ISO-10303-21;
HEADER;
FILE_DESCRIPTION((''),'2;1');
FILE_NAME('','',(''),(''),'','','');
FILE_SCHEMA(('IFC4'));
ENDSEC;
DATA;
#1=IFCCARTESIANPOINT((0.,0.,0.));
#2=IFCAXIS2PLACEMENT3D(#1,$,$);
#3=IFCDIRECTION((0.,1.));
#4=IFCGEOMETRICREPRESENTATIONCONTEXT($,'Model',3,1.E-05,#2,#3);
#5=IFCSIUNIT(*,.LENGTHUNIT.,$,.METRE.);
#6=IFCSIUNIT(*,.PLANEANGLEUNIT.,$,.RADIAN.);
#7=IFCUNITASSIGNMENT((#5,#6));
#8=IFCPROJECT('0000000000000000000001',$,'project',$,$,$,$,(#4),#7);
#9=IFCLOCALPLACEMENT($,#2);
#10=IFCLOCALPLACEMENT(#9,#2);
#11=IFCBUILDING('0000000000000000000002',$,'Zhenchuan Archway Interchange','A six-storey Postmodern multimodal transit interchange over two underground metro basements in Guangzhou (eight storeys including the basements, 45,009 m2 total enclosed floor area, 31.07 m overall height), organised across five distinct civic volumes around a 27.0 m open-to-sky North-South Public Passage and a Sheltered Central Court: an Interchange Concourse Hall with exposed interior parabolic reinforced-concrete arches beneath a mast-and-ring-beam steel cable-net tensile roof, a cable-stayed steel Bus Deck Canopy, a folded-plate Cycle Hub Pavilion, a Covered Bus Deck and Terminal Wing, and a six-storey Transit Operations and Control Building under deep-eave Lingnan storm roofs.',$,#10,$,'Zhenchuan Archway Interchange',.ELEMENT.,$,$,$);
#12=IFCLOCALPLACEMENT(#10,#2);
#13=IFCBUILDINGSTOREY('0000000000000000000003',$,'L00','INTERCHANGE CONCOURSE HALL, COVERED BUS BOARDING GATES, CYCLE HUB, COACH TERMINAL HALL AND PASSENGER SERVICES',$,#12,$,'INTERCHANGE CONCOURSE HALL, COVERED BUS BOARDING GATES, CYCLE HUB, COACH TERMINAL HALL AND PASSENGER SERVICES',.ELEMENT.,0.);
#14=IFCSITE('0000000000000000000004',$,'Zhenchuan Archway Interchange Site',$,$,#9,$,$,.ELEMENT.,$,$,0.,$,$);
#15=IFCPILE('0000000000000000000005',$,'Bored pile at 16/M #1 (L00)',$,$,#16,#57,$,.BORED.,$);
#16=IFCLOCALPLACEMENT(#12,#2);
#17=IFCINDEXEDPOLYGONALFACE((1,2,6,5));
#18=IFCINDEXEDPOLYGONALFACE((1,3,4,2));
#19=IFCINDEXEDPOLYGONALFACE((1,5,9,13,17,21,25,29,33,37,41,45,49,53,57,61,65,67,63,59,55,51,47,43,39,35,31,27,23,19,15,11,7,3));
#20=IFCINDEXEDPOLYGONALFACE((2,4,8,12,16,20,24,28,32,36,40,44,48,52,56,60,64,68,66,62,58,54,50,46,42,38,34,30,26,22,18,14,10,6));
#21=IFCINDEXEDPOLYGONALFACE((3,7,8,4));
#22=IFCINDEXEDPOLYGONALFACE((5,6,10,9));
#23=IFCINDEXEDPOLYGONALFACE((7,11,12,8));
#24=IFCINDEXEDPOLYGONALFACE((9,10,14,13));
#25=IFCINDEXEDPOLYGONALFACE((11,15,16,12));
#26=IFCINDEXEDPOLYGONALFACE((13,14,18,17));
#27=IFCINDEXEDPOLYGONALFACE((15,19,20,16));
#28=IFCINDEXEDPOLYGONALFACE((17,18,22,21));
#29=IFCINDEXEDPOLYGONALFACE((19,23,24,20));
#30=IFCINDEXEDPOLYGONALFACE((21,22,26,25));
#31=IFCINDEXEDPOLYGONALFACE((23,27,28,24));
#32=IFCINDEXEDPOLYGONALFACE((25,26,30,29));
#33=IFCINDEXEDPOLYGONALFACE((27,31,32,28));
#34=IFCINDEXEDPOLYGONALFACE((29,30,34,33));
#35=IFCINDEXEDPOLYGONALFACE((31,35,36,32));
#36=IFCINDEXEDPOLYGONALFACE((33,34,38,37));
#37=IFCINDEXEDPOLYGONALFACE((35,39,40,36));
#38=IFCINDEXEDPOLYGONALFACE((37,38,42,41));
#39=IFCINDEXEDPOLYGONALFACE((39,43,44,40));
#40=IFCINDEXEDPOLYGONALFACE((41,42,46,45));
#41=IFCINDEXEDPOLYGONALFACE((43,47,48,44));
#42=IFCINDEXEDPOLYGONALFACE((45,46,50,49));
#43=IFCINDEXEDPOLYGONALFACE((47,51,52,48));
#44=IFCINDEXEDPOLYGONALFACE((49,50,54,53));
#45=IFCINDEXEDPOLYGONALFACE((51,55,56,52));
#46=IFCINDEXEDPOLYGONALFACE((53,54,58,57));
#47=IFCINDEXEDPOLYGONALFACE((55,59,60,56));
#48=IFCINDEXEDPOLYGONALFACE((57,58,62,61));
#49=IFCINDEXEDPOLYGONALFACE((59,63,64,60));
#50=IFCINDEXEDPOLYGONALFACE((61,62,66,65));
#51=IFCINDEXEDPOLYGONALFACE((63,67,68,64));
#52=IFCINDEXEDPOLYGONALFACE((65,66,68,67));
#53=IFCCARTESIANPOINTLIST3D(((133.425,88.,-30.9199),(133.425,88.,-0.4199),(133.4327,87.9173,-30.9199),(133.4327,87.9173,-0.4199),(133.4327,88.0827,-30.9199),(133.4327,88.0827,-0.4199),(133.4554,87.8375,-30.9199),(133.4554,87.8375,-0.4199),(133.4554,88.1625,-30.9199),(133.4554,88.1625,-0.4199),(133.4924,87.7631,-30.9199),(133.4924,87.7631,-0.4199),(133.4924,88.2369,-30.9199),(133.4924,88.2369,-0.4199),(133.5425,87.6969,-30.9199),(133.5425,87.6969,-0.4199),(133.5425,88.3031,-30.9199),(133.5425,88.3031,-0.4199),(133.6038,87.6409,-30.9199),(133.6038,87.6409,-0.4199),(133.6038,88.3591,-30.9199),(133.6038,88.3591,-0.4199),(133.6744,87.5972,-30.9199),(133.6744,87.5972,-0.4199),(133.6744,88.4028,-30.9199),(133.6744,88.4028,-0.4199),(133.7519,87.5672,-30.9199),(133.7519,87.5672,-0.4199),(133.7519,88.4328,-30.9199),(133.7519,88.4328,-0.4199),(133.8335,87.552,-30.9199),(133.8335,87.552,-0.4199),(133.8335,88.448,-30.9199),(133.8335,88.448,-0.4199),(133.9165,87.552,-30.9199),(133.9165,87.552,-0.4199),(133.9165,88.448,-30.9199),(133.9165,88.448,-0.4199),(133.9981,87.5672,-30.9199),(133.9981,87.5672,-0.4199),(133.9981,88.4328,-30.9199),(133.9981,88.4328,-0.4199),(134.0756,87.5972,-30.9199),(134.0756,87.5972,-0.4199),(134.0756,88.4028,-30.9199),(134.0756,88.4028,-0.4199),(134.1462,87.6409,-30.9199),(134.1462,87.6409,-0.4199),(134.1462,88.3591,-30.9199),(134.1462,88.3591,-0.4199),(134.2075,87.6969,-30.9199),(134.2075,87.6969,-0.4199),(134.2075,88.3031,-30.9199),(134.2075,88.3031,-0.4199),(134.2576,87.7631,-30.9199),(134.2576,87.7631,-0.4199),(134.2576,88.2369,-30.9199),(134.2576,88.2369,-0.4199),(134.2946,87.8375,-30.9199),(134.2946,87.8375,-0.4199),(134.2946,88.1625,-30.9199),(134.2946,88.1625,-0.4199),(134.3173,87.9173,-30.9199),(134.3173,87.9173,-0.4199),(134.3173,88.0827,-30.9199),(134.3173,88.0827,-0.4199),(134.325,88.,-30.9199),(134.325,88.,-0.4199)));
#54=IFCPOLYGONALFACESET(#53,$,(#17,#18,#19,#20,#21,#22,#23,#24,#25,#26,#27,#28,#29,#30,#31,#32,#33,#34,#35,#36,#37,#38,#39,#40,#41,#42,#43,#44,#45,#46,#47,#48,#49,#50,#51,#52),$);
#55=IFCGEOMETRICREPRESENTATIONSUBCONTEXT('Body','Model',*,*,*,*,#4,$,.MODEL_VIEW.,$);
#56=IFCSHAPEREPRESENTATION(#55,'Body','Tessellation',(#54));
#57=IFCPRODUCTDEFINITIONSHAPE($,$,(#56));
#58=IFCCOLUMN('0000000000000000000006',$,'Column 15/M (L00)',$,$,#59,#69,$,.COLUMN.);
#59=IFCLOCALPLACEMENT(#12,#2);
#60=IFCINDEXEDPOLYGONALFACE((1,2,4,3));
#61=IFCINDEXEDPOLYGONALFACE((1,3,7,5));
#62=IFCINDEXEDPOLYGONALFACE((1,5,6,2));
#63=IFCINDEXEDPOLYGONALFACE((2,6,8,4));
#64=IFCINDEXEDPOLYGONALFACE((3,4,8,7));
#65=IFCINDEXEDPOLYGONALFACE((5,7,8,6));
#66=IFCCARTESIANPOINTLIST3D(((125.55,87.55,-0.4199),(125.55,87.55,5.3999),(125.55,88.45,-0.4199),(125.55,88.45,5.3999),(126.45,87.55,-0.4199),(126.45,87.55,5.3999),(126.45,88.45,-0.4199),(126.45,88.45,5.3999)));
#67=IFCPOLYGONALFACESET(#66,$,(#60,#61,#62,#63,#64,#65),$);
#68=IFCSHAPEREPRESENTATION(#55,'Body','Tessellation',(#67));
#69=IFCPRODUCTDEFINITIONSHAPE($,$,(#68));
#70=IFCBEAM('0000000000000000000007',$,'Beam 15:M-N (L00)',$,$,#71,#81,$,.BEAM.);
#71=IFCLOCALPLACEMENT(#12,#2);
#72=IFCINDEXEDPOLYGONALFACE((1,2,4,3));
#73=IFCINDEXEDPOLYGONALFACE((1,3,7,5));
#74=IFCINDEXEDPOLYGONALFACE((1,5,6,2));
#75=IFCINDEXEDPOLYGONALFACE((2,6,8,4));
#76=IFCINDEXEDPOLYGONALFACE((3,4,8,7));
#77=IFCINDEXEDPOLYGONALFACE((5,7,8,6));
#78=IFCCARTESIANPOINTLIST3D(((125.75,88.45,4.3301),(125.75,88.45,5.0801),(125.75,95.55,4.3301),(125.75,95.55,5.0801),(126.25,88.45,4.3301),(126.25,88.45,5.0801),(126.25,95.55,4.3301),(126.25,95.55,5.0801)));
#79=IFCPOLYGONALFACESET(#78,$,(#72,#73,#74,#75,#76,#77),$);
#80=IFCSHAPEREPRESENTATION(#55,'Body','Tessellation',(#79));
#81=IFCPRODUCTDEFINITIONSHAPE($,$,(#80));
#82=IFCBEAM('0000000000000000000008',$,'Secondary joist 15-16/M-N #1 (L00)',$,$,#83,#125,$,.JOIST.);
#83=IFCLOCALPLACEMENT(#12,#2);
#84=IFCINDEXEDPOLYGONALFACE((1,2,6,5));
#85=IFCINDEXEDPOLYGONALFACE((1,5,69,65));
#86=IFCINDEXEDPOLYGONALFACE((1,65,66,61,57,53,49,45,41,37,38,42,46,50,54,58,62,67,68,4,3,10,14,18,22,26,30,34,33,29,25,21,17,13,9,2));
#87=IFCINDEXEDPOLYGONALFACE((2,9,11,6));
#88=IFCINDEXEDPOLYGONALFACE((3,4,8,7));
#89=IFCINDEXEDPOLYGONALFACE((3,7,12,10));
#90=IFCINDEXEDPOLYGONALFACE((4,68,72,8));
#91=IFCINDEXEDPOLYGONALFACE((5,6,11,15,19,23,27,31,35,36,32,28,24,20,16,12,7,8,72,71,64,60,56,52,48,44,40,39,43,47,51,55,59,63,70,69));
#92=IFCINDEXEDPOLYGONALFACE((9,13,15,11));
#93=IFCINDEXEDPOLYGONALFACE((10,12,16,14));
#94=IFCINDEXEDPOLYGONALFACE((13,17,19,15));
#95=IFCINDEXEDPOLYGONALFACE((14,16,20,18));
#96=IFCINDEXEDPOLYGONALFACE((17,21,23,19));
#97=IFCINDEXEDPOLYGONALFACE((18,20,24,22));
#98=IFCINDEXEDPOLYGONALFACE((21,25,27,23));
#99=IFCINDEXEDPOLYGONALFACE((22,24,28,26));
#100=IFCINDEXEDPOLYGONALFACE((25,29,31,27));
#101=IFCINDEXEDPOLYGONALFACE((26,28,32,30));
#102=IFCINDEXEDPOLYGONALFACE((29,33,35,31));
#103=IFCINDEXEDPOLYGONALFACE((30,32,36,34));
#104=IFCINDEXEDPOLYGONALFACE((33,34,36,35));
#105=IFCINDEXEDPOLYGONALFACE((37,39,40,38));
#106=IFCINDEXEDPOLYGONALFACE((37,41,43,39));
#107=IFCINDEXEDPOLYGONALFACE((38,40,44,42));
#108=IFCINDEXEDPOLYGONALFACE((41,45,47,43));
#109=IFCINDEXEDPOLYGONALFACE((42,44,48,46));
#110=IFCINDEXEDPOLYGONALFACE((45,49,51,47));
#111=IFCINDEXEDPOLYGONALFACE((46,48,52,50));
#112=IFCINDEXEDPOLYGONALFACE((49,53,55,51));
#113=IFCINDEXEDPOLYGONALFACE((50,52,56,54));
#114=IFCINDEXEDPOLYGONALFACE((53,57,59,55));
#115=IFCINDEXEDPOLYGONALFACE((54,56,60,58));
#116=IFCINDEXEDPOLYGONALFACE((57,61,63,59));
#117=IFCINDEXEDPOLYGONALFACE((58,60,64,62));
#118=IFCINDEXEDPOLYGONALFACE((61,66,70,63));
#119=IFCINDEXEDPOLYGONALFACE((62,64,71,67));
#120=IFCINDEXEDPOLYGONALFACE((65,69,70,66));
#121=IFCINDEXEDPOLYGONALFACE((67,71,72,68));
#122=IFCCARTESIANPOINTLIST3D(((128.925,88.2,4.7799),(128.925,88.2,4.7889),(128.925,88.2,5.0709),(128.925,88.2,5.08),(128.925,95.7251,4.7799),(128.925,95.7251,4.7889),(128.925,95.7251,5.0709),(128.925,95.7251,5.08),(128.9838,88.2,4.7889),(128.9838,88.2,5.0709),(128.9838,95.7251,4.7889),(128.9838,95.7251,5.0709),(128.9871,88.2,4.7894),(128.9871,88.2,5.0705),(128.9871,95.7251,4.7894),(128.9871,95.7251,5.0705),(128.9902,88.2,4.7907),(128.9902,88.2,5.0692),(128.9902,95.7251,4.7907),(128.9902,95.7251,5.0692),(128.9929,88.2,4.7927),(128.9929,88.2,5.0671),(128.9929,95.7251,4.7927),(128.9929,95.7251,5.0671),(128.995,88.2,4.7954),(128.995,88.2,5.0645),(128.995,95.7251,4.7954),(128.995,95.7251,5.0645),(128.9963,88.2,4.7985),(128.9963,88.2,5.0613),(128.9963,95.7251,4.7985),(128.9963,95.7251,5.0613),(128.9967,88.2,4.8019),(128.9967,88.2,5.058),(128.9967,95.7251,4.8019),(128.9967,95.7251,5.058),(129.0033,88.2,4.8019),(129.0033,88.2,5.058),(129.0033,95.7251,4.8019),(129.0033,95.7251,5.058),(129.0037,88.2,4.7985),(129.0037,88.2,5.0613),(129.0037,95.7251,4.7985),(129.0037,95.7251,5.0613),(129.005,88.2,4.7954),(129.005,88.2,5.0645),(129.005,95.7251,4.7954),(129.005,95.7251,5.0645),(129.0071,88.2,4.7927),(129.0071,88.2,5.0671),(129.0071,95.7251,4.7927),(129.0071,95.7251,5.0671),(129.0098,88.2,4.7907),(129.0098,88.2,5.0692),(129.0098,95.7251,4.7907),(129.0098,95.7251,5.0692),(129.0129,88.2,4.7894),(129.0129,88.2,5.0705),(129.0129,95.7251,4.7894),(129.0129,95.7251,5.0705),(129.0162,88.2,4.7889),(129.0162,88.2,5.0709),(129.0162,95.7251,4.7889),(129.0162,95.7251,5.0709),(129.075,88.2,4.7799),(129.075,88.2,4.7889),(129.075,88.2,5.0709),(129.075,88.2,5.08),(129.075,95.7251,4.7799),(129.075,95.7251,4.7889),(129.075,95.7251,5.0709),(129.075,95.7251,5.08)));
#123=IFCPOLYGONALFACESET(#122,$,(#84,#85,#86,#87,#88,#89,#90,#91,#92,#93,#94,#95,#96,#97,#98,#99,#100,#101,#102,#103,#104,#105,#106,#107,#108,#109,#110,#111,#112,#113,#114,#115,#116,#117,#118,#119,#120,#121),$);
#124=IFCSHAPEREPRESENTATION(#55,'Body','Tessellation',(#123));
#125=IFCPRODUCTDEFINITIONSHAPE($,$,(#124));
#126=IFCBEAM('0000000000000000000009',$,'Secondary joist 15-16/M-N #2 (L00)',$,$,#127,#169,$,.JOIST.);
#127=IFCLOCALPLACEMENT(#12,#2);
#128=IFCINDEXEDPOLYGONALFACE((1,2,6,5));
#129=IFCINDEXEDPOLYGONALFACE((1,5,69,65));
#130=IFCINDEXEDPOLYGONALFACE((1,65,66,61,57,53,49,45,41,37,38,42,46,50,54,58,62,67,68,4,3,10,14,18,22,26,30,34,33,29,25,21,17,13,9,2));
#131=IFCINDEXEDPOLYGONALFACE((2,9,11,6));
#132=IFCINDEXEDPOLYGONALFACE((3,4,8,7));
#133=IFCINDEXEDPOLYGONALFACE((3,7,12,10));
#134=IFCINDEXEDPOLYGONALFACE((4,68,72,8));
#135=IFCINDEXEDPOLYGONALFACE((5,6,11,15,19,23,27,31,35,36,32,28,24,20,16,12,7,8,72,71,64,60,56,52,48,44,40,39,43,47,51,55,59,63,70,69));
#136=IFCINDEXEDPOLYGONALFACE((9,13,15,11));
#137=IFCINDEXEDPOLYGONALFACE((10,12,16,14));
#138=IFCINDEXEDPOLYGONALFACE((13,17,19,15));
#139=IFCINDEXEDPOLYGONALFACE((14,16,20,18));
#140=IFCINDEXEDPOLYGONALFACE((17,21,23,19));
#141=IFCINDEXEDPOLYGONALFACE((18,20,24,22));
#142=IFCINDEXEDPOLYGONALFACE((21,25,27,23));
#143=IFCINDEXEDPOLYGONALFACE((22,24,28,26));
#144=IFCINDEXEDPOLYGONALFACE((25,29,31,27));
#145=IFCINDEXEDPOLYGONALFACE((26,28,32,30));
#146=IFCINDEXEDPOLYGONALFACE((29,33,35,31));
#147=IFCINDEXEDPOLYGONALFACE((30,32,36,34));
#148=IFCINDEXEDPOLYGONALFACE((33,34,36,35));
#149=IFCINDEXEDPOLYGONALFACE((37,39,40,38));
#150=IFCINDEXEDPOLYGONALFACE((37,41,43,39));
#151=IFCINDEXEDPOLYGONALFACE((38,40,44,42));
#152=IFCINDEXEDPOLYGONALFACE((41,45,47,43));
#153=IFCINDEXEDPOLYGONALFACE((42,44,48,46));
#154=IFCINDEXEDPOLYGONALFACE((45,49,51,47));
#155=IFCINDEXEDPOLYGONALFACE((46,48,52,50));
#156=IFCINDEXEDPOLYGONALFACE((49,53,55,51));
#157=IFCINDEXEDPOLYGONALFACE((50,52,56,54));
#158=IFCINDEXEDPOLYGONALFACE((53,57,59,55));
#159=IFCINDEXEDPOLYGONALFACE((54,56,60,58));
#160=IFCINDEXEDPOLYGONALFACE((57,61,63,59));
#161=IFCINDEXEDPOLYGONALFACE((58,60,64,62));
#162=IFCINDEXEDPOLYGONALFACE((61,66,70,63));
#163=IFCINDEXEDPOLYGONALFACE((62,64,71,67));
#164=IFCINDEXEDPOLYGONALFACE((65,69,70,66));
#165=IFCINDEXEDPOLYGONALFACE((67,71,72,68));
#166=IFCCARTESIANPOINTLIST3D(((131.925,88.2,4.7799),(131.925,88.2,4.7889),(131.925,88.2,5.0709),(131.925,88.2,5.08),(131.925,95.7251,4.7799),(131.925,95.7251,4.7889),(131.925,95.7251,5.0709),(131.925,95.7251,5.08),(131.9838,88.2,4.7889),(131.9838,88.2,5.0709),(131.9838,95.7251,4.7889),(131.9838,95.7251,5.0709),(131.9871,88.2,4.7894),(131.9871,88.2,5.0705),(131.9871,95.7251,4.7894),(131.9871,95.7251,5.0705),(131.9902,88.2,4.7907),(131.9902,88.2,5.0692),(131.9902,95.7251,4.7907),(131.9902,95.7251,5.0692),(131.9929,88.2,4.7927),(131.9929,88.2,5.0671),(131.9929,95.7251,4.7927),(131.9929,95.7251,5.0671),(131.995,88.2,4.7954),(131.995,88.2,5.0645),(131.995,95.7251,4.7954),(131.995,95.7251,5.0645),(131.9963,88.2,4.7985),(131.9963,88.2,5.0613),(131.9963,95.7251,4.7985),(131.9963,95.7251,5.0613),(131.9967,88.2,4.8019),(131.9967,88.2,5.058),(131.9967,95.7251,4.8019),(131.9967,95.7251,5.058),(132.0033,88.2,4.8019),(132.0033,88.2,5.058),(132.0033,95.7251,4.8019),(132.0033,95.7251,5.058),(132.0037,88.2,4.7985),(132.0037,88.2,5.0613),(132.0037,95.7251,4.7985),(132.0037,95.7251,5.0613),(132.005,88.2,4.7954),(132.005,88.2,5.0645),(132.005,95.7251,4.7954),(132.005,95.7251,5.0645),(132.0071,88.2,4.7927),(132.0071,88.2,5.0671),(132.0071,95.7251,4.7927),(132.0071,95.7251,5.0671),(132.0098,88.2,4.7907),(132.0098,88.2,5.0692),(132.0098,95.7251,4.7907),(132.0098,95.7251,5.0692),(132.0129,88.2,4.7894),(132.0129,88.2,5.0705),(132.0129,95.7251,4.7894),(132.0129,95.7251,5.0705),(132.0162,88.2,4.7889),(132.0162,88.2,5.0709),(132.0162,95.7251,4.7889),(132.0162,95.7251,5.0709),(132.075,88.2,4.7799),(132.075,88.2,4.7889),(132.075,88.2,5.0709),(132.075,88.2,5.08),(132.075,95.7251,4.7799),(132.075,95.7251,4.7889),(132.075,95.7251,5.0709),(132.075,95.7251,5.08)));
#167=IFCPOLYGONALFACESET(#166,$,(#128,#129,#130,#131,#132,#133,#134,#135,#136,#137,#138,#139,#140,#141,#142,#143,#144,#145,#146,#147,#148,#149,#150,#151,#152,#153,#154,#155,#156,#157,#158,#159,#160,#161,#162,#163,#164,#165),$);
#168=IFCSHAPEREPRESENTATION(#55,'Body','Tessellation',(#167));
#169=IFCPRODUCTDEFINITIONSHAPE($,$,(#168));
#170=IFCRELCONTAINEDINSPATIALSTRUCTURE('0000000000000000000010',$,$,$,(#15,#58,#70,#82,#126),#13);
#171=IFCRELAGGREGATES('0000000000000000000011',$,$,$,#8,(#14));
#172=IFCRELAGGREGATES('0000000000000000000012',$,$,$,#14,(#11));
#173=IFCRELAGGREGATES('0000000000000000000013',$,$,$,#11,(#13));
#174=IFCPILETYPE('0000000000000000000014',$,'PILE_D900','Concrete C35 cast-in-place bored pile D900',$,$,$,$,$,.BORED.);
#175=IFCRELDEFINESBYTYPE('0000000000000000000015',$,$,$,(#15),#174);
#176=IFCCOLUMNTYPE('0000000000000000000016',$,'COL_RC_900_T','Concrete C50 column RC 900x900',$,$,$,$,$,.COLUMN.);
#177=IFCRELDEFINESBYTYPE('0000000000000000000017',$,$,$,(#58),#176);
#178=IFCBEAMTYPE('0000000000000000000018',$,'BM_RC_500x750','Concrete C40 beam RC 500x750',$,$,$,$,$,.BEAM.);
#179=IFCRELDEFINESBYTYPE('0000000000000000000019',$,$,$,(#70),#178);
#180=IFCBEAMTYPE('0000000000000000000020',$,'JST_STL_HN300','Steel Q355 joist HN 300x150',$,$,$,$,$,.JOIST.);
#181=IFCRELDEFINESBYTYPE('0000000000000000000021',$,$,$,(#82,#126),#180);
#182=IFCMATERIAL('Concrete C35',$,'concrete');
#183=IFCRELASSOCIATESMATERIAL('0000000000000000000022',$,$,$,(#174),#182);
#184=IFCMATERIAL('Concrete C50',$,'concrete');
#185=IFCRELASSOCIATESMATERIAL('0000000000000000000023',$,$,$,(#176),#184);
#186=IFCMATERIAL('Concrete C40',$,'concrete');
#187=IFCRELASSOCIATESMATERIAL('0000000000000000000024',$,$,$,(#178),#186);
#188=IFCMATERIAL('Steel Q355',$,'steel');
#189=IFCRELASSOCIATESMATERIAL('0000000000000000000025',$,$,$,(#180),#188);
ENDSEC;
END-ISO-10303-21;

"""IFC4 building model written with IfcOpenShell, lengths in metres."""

from ifc_helpers import new_model, si_unit, direction, frame, origin, origin_2d, place, context, subcontext, project, spatial, rectangle, circle, i_section, extrude, material, material_profile, profile_set, type_object, element, save


model = new_model("IFC4")

# Units and contexts
model_context = context("Model", 3, precision=1e-05, world=origin(), true_north=direction((0.0, 1.0)))
body_context = subcontext(model_context, "Body", "Model", "MODEL_VIEW")
ifc_project = project(units=[si_unit("LENGTHUNIT", "METRE"), si_unit("PLANEANGLEUNIT", "RADIAN")], contexts=[model_context])

# Site, building, storey
site_placement = place(None, origin())
site = spatial("IfcSite", under=ifc_project, at=site_placement, Name="Zhenchuan Archway Interchange Site", CompositionType="ELEMENT", RefElevation=0.0)
building_placement = place(site_placement, origin())
building = spatial("IfcBuilding", under=site, at=building_placement, Name="Zhenchuan Archway Interchange", Description="A six-storey Postmodern multimodal transit interchange over two underground metro basements in Guangzhou (eight storeys including the basements, 45,009 m2 total enclosed floor area, 31.07 m overall height), organised across five distinct civic volumes around a 27.0 m open-to-sky North-South Public Passage and a Sheltered Central Court: an Interchange Concourse Hall with exposed interior parabolic reinforced-concrete arches beneath a mast-and-ring-beam steel cable-net tensile roof, a cable-stayed steel Bus Deck Canopy, a folded-plate Cycle Hub Pavilion, a Covered Bus Deck and Terminal Wing, and a six-storey Transit Operations and Control Building under deep-eave Lingnan storm roofs.", LongName="Zhenchuan Archway Interchange", CompositionType="ELEMENT")
storey_placement = place(building_placement, origin())
storey = spatial("IfcBuildingStorey", under=building, at=storey_placement, Name="L00", Description="INTERCHANGE CONCOURSE HALL, COVERED BUS BOARDING GATES, CYCLE HUB, COACH TERMINAL HALL AND PASSENGER SERVICES", LongName="INTERCHANGE CONCOURSE HALL, COVERED BUS BOARDING GATES, CYCLE HUB, COACH TERMINAL HALL AND PASSENGER SERVICES", CompositionType="ELEMENT", Elevation=0.0)

# Shared definitions
ifc_material_1 = material(Name="Concrete C40", Category="concrete")

# Pile
ifc_material_2 = material(Name="Concrete C35", Category="concrete")
ifc_material_profile_1 = material_profile(ifc_material_2, circle(Radius=0.45, at=origin_2d()), Name="BORED PILE 900")
ifc_profile_set_1 = profile_set([ifc_material_profile_1], Name="Concrete C35")
pile_type = type_object("IfcPileType", Name="PILE_D900", Description="Concrete C35 cast-in-place bored pile D900", PredefinedType="BORED", material=ifc_profile_set_1)
for number, where, z_axis, x_axis, name in (
    (1, (133.875, 88.0, -0.4199), (0.0, 0.0, -1.0), (1.0, 0.0, 0.0), "Bored pile at 16/M #1 (L00)"),
):
    element("IfcPile", number, at=place(storey_placement, frame(where, z_axis=z_axis, x_axis=x_axis)), inside=storey, type_object=pile_type, Name=name, PredefinedType="BORED", context=body_context, shape_type="SweptSolid", body=[
        extrude(circle(Radius=0.45, at=origin_2d()), origin(), (0.0, 0.0, 1.0), 30.5),
    ])

# Column
ifc_material_3 = material(Name="Concrete C50", Category="concrete")
ifc_material_profile_2 = material_profile(ifc_material_3, rectangle(XDim=0.8999, YDim=0.8999, at=origin_2d()), Name="RC 900x900")
ifc_profile_set_2 = profile_set([ifc_material_profile_2], Name="Concrete C50")
column_type = type_object("IfcColumnType", Name="COL_RC_900_T", Description="Concrete C50 column RC 900x900", PredefinedType="COLUMN", material=ifc_profile_set_2)
column_placement = place(storey_placement, frame((126.0, 88.0, -0.4199), z_axis=(0.0, 0.0, 1.0), x_axis=(1.0, 0.0, 0.0)))
element("IfcColumn", 2, at=column_placement, inside=storey, type_object=column_type, Name="Column 15/M (L00)", PredefinedType="COLUMN", context=body_context, shape_type="SweptSolid", body=[
    extrude(rectangle(XDim=0.8999, YDim=0.8999, at=origin_2d()), origin(), (0.0, 0.0, 1.0), 5.8198),
])

# Beams
ifc_material_profile_3 = material_profile(ifc_material_1, rectangle(XDim=0.5, YDim=0.75, at=origin_2d()), Name="RC 500x750")
ifc_profile_set_3 = profile_set([ifc_material_profile_3], Name="Concrete C40")
beam_type_1 = type_object("IfcBeamType", Name="BM_RC_500x750", Description="Concrete C40 beam RC 500x750", PredefinedType="BEAM", material=ifc_profile_set_3)
beam_1_placement = place(storey_placement, frame((126.0, 88.45, 4.7051), z_axis=(0.0, 1.0, 0.0), x_axis=(-1.0, 0.0, 0.0)))
element("IfcBeam", 3, at=beam_1_placement, inside=storey, type_object=beam_type_1, Name="Beam 15:M-N (L00)", PredefinedType="BEAM", context=body_context, shape_type="SweptSolid", body=[
    extrude(rectangle(XDim=0.5, YDim=0.75, at=origin_2d()), origin(), (0.0, 0.0, 1.0), 7.1001),
])
ifc_material_4 = material(Name="Steel Q355", Category="steel")
ifc_material_profile_4 = material_profile(ifc_material_4, i_section(OverallWidth=0.1499, OverallDepth=0.3, WebThickness=0.0066, FlangeThickness=0.009, FilletRadius=0.0129, at=origin_2d()), Name="HN 300x150")
ifc_profile_set_4 = profile_set([ifc_material_profile_4], Name="Steel Q355")
beam_type_2 = type_object("IfcBeamType", Name="JST_STL_HN300", Description="Steel Q355 joist HN 300x150", PredefinedType="JOIST", material=ifc_profile_set_4)
for number, where, z_axis, x_axis, name in (
    (4, (129.0, 88.2, 4.9299), (0.0, 1.0, 0.0), (-1.0, 0.0, 0.0), "Secondary joist 15-16/M-N #1 (L00)"),
    (5, (132.0, 88.2, 4.9299), (0.0, 1.0, 0.0), (-1.0, 0.0, 0.0), "Secondary joist 15-16/M-N #2 (L00)"),
):
    element("IfcBeam", number, at=place(storey_placement, frame(where, z_axis=z_axis, x_axis=x_axis)), inside=storey, type_object=beam_type_2, Name=name, PredefinedType="JOIST", context=body_context, shape_type="SweptSolid", body=[
        extrude(i_section(OverallWidth=0.1499, OverallDepth=0.3, WebThickness=0.0066, FlangeThickness=0.009, FilletRadius=0.0129, at=origin_2d()), origin(), (0.0, 0.0, 1.0), 7.5251),
    ])

save(model, "model.ifc")
